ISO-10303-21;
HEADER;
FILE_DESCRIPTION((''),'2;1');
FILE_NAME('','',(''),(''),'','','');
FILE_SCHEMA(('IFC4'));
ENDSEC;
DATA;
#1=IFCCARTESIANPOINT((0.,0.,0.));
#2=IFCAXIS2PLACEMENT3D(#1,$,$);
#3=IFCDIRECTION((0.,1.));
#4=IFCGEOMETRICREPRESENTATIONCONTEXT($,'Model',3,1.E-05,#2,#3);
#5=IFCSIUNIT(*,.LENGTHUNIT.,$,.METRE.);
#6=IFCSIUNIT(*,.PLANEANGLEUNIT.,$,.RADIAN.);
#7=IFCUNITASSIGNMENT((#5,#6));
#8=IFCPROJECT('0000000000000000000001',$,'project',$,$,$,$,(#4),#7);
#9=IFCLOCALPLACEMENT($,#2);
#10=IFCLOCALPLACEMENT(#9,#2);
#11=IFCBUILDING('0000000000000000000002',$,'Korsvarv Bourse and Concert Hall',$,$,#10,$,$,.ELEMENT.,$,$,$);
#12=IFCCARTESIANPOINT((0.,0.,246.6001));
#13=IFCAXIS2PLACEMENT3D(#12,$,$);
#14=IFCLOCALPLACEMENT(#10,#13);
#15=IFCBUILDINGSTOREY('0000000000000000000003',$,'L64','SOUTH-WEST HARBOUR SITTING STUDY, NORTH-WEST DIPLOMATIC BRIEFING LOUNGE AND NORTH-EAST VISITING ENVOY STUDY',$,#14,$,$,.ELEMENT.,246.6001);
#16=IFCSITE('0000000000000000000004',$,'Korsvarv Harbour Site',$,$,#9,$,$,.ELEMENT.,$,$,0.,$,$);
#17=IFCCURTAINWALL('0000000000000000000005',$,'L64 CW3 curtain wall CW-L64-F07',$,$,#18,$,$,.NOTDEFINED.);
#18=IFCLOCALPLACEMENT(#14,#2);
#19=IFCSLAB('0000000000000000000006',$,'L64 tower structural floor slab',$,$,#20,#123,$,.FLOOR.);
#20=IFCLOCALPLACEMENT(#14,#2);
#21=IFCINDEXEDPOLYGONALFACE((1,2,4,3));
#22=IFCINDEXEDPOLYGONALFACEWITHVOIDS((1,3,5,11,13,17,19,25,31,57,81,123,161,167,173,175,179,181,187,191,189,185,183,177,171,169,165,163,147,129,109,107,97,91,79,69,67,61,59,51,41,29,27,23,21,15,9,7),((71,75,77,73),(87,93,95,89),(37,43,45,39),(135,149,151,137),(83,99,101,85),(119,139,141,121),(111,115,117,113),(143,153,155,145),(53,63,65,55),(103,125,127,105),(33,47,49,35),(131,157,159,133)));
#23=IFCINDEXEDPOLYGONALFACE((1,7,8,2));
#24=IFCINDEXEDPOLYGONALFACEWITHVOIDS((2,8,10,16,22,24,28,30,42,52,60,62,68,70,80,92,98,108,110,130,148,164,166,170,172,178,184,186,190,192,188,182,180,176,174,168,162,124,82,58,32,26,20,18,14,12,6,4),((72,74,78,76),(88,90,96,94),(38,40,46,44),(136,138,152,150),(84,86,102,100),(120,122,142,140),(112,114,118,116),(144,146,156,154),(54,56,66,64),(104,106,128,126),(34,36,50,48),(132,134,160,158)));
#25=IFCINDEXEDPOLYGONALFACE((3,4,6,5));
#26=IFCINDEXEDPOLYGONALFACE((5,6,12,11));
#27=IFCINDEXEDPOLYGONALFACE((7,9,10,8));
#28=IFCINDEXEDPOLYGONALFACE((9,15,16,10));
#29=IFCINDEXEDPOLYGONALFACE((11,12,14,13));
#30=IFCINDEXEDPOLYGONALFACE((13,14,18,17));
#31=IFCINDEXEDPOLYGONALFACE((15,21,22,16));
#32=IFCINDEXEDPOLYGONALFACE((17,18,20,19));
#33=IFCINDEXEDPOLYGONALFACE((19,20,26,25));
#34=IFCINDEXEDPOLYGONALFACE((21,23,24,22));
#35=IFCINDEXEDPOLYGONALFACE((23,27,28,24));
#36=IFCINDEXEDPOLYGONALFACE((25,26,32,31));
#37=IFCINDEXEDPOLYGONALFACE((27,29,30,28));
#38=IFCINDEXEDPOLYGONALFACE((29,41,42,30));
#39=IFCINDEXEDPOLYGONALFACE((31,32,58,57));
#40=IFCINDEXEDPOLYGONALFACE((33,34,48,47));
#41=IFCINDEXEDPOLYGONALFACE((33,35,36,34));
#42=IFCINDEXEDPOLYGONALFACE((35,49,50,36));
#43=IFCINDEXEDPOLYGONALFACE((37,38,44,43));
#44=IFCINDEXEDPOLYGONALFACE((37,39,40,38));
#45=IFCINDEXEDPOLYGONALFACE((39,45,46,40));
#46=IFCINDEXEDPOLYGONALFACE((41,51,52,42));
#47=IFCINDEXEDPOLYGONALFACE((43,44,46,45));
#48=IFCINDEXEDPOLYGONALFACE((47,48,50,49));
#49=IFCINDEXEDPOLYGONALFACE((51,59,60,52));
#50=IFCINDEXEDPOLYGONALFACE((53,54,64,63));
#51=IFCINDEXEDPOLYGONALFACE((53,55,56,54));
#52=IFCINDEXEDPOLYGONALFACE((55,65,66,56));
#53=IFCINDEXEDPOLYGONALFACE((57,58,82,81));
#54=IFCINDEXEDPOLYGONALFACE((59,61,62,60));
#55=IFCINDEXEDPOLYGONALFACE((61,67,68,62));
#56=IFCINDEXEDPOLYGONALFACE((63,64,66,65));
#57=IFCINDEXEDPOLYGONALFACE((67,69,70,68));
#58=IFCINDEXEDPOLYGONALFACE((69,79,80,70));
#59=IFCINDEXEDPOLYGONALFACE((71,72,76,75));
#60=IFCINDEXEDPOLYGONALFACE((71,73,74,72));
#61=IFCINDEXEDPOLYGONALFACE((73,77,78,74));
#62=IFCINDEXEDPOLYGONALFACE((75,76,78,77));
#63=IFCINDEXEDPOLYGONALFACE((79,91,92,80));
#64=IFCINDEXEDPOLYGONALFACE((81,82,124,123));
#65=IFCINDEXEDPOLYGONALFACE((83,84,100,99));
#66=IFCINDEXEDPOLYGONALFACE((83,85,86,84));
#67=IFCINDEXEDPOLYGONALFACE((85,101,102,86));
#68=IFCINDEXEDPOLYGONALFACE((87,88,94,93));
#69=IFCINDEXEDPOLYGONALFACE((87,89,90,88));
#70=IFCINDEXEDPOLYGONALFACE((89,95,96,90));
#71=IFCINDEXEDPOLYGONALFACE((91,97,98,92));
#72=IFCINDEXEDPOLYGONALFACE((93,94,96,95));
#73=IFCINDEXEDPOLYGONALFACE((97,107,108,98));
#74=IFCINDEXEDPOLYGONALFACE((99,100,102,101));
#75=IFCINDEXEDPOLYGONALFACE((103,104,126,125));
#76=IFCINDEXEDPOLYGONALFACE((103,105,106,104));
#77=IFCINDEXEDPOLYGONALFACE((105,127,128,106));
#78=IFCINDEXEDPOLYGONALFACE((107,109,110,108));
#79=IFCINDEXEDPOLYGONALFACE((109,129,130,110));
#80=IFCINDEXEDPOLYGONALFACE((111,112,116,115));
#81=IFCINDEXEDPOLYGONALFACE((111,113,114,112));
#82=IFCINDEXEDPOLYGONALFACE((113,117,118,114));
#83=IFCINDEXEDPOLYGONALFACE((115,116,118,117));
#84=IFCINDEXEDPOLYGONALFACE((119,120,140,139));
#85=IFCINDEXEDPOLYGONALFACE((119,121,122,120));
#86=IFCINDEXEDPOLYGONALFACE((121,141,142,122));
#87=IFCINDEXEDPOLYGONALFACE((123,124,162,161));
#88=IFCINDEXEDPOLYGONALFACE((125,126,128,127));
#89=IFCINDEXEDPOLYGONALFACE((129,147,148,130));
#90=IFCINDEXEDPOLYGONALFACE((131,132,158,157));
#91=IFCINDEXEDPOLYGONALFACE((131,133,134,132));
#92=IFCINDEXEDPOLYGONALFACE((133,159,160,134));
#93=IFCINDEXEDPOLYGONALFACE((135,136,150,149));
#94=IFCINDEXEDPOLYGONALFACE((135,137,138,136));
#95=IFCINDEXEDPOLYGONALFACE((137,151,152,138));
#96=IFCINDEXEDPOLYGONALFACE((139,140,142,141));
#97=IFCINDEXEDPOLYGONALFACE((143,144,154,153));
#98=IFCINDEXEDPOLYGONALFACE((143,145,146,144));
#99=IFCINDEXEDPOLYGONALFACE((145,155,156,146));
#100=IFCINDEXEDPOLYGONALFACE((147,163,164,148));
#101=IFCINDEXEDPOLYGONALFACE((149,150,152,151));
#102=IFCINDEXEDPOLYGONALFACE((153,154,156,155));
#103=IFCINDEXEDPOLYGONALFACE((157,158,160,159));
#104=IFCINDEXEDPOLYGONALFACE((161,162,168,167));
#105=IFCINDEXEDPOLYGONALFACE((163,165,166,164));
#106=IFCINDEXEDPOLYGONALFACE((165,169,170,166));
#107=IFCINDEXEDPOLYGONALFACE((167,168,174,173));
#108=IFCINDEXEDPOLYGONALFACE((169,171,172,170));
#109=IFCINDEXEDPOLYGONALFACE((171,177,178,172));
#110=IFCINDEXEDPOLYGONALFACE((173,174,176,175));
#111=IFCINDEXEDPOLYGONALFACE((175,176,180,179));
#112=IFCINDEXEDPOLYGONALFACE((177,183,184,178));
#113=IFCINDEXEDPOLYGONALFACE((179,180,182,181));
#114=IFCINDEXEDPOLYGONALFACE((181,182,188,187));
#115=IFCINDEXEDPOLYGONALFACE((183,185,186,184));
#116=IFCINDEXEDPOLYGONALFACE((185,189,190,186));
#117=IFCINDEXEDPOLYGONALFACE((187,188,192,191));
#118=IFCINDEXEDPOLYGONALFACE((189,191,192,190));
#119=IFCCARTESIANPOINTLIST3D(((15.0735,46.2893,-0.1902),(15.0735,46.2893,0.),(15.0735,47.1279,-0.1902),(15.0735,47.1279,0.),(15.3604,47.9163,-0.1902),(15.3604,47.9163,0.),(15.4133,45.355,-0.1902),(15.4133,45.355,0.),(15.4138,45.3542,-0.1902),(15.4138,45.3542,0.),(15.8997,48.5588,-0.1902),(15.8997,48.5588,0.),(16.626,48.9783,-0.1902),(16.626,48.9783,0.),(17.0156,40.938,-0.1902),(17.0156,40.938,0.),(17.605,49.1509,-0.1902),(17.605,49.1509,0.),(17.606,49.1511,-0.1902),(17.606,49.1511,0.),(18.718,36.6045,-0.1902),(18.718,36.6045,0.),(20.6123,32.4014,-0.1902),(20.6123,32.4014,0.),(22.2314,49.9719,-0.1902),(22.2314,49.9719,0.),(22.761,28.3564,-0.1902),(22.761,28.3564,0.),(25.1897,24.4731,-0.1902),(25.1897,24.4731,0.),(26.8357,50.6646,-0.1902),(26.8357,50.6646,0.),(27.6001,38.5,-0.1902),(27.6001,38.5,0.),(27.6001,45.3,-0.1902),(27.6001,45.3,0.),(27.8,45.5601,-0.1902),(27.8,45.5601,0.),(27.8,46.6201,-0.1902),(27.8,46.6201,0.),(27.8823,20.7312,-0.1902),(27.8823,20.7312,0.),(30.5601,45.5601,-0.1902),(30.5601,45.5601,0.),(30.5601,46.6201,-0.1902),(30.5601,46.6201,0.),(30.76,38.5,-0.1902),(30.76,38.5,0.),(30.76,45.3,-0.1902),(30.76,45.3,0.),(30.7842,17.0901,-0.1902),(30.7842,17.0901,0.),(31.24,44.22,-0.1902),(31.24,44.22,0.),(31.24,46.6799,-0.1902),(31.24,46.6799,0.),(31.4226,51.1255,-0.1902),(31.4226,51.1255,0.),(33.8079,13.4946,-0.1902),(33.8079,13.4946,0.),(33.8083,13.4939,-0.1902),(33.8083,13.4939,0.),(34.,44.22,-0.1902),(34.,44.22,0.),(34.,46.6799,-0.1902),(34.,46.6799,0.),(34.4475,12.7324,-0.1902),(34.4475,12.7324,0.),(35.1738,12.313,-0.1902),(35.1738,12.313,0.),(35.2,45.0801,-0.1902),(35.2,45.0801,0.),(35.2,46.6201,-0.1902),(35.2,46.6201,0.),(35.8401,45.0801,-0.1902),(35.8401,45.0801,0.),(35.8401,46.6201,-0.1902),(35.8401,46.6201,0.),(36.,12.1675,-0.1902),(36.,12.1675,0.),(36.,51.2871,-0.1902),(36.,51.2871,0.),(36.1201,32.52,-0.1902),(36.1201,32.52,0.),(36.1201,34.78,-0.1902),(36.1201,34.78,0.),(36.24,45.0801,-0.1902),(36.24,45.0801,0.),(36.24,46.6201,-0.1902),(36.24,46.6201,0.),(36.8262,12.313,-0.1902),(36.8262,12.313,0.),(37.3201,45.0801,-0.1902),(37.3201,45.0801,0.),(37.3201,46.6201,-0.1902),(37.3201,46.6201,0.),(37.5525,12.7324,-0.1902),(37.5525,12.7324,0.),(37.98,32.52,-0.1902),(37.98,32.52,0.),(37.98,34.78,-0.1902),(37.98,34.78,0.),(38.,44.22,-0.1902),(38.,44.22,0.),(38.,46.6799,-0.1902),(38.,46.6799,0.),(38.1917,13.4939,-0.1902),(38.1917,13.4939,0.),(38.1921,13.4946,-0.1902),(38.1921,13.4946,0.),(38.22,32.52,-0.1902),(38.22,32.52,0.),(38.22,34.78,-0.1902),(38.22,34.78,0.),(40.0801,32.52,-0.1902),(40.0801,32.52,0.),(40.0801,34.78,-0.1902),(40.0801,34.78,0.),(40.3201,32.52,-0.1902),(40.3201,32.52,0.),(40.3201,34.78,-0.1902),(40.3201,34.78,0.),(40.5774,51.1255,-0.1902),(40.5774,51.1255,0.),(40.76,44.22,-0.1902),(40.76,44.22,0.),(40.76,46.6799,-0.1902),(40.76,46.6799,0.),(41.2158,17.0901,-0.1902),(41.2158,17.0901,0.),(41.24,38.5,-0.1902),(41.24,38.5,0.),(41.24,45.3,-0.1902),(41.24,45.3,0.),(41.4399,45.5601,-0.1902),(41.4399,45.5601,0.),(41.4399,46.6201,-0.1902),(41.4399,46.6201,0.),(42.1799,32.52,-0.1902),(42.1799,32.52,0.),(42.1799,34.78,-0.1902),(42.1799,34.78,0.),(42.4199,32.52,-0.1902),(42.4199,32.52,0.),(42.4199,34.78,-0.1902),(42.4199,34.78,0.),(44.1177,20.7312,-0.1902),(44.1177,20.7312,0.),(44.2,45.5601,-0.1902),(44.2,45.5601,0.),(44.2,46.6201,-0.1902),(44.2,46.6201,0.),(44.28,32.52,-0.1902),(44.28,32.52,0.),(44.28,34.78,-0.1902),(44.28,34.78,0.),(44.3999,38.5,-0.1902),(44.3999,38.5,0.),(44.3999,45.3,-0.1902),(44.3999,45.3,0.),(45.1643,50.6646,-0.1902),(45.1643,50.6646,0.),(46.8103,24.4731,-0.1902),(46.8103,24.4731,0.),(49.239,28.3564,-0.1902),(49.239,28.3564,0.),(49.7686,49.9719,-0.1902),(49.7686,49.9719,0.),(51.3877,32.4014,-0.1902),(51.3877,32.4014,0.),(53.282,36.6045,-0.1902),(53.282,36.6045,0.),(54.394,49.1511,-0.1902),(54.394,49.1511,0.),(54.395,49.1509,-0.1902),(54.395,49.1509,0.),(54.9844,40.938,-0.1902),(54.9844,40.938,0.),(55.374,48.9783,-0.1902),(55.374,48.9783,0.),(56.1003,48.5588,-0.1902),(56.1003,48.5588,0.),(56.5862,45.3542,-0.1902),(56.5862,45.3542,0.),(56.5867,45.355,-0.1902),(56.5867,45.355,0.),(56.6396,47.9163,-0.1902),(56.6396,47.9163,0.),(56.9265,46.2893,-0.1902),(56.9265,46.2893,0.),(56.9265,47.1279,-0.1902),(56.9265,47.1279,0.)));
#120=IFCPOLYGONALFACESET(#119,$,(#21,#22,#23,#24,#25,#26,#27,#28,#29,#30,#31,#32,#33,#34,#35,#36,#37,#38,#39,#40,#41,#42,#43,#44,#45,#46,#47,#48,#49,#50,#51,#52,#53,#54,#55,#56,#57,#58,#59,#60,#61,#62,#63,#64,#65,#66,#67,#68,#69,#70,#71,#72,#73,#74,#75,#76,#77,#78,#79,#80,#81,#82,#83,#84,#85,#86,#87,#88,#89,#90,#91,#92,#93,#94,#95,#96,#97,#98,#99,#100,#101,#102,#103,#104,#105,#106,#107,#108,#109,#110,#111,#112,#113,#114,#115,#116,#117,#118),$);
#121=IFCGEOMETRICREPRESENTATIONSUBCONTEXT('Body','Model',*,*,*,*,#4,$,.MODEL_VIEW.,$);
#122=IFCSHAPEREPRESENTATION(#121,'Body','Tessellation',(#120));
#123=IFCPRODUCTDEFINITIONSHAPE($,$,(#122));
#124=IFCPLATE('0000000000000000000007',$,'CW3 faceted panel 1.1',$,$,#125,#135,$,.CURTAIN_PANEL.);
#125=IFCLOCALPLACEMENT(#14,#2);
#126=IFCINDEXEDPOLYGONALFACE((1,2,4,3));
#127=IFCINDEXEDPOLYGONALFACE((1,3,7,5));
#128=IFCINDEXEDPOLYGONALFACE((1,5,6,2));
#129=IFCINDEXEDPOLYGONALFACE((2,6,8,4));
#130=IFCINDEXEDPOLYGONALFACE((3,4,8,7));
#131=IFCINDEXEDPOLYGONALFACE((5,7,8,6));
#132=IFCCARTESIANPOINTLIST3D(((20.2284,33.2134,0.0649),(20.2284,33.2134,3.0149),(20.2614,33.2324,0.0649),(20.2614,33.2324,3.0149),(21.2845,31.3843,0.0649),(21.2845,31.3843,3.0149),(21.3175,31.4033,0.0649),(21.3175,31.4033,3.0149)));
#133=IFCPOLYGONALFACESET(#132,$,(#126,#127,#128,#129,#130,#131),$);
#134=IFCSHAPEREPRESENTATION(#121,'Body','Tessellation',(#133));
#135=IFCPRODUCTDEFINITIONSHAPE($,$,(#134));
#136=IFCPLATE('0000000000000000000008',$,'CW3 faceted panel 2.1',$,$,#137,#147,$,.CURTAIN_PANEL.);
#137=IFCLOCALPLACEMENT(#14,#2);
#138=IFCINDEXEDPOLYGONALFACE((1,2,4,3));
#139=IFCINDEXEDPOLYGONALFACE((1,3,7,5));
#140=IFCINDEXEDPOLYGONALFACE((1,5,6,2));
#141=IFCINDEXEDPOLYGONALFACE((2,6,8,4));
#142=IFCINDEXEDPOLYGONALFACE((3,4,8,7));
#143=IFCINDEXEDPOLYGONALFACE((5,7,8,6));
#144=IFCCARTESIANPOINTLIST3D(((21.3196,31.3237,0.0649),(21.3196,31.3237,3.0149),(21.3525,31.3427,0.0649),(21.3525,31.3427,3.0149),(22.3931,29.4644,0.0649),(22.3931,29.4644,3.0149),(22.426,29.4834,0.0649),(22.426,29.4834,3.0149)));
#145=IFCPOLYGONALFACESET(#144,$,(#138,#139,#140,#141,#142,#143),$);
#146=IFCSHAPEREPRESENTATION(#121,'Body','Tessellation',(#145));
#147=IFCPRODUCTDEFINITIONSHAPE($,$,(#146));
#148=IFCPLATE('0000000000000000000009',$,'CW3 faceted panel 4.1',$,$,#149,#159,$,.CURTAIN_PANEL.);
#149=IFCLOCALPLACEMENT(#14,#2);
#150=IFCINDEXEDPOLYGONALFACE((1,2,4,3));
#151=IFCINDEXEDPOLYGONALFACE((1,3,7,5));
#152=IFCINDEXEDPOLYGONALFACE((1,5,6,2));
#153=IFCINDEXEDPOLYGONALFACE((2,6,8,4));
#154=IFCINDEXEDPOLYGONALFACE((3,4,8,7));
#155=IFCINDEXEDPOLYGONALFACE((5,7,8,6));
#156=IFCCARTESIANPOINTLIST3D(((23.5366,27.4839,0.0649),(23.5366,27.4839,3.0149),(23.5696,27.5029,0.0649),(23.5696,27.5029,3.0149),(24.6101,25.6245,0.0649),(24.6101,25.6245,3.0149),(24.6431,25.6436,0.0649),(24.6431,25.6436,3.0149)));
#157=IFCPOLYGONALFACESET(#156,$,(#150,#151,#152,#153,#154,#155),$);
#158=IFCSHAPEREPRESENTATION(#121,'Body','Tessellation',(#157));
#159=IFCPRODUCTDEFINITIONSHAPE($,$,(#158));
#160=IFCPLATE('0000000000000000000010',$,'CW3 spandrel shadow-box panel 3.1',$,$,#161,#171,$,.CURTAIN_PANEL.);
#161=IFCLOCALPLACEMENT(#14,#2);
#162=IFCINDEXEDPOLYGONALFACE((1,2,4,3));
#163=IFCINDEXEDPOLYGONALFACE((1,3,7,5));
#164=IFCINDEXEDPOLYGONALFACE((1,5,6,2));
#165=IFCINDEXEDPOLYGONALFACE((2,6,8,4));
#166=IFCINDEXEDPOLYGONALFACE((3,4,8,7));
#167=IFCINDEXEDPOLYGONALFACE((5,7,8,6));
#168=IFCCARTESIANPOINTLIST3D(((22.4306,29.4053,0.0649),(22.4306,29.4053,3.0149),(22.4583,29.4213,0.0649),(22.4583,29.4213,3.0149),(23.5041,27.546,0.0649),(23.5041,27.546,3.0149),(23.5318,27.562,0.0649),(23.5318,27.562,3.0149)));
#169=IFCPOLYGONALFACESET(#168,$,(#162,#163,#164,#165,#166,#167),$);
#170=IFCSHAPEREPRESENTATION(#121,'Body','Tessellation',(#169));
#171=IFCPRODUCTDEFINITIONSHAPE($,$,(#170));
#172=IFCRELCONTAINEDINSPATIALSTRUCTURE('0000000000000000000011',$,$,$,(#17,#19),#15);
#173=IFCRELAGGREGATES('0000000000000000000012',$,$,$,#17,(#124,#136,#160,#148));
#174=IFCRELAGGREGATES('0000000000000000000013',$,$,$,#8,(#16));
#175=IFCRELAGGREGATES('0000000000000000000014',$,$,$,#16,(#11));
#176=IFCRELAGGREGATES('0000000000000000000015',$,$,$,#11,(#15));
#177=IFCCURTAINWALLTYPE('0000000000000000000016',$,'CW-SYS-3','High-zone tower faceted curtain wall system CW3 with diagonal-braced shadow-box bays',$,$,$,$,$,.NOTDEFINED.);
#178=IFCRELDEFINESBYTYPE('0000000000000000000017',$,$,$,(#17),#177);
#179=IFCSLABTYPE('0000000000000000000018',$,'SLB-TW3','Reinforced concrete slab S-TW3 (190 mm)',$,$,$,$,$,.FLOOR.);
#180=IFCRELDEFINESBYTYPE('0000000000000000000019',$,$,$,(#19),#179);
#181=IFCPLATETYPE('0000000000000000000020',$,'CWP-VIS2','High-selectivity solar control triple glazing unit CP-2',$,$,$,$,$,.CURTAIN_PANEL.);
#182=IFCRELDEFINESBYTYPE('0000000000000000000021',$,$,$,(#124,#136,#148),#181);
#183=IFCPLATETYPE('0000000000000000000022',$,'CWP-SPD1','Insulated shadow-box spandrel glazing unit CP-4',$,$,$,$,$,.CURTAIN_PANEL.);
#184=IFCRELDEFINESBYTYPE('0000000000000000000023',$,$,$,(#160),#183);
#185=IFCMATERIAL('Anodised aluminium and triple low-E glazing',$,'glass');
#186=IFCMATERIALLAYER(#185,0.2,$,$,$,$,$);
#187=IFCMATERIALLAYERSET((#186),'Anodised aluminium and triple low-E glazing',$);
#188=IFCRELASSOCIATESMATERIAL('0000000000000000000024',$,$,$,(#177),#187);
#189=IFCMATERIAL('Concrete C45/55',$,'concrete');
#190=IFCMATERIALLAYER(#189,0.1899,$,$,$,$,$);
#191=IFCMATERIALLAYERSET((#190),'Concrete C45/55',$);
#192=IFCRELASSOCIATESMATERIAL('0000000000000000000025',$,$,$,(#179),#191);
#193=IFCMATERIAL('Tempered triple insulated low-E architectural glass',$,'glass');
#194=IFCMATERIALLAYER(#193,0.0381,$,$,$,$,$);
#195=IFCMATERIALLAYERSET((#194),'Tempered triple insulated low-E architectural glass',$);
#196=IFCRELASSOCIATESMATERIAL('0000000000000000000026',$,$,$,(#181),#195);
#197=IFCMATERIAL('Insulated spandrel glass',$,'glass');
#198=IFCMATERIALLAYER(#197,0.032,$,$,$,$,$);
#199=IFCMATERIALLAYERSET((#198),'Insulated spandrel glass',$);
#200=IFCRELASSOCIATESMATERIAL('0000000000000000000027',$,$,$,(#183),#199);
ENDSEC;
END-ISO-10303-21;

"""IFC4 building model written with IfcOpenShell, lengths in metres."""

from ifc_helpers import new_model, si_unit, direction, frame, origin, origin_2d, place, context, subcontext, project, spatial, polyline, rectangle, outline, extrude, source, transform, mapped, material, layer, layer_set, type_object, element, aggregate, save


model = new_model("IFC4")

# Units and contexts
model_context = context("Model", 3, precision=1e-05, world=origin(), true_north=direction((0.0, 1.0)))
body_context = subcontext(model_context, "Body", "Model", "MODEL_VIEW")
ifc_project = project(units=[si_unit("LENGTHUNIT", "METRE"), si_unit("PLANEANGLEUNIT", "RADIAN")], contexts=[model_context])

# Site, building, storey
site_placement = place(None, origin())
site = spatial("IfcSite", under=ifc_project, at=site_placement, Name="Korsvarv Harbour Site", CompositionType="ELEMENT", RefElevation=0.0)
building_placement = place(site_placement, origin())
building = spatial("IfcBuilding", under=site, at=building_placement, Name="Korsvarv Bourse and Concert Hall", CompositionType="ELEMENT")
storey_placement = place(building_placement, frame((0.0, 0.0, 246.6001)))
storey = spatial("IfcBuildingStorey", under=building, at=storey_placement, Name="L64", Description="SOUTH-WEST HARBOUR SITTING STUDY, NORTH-WEST DIPLOMATIC BRIEFING LOUNGE AND NORTH-EAST VISITING ENVOY STUDY", CompositionType="ELEMENT", Elevation=246.6001)

# Curtain wall
ifc_material_1 = material(Name="Anodised aluminium and triple low-E glazing", Category="glass")
ifc_layer_1 = layer(ifc_material_1, 0.2)
ifc_layer_set_1 = layer_set([ifc_layer_1], Name="Anodised aluminium and triple low-E glazing")
curtain_wall_type = type_object("IfcCurtainWallType", Name="CW-SYS-3", Description="High-zone tower faceted curtain wall system CW3 with diagonal-braced shadow-box bays", PredefinedType="NOTDEFINED", material=ifc_layer_set_1)
curtain_wall_placement = place(storey_placement, origin())
curtain_wall = element("IfcCurtainWall", 1, at=curtain_wall_placement, inside=storey, type_object=curtain_wall_type, Name="L64 CW3 curtain wall CW-L64-F07", PredefinedType="NOTDEFINED")

# Slab
ifc_material_2 = material(Name="Concrete C45/55", Category="concrete")
ifc_layer_2 = layer(ifc_material_2, 0.1899)
ifc_layer_set_2 = layer_set([ifc_layer_2], Name="Concrete C45/55")
slab_type_1 = type_object("IfcSlabType", Name="SLB-TW3", Description="Reinforced concrete slab S-TW3 (190 mm)", PredefinedType="FLOOR", material=ifc_layer_set_2)
slab_1_placement = place(storey_placement, frame((0.0, 0.0, -0.1902)))
element("IfcSlab", 2, at=slab_1_placement, inside=storey, type_object=slab_type_1, Name="L64 tower structural floor slab", PredefinedType="FLOOR", context=body_context, shape_type="SweptSolid", body=[
    extrude(outline(polyline([(56.5862, 45.3542), (54.9844, 40.938), (53.282, 36.6045), (51.3877, 32.4014), (49.239, 28.3564), (46.8103, 24.4731), (44.1177, 20.7312), (41.2158, 17.0901), (38.1921, 13.4946), (38.1917, 13.4939), (37.5525, 12.7324), (36.8262, 12.313), (36.0, 12.1675), (35.1738, 12.313), (34.4475, 12.7324), (33.8083, 13.4939), (33.8079, 13.4946), (30.7842, 17.0901), (27.8823, 20.7312), (25.1897, 24.4731), (22.761, 28.3564), (20.6123, 32.4014), (18.718, 36.6045), (17.0156, 40.938), (15.4138, 45.3542), (15.4133, 45.355), (15.0735, 46.2893), (15.0735, 47.1279), (15.3604, 47.9163), (15.8997, 48.5588), (16.626, 48.9783), (17.605, 49.1509), (17.606, 49.1511), (22.2314, 49.9719), (26.8357, 50.6646), (31.4226, 51.1255), (36.0, 51.2871), (40.5774, 51.1255), (45.1643, 50.6646), (49.7686, 49.9719), (54.394, 49.1511), (54.395, 49.1509), (55.374, 48.9783), (56.1003, 48.5588), (56.6396, 47.9163), (56.9265, 47.1279), (56.9265, 46.2893), (56.5867, 45.355), (56.5862, 45.3542)]), holes=[polyline([(30.76, 38.5), (30.76, 45.3), (27.6001, 45.3), (27.6001, 38.5), (30.76, 38.5)]), polyline([(44.3999, 38.5), (44.3999, 45.3), (41.24, 45.3), (41.24, 38.5), (44.3999, 38.5)]), polyline([(31.24, 44.22), (34.0, 44.22), (34.0, 46.6799), (31.24, 46.6799), (31.24, 44.22)]), polyline([(38.0, 44.22), (40.76, 44.22), (40.76, 46.6799), (38.0, 46.6799), (38.0, 44.22)]), polyline([(36.1201, 32.52), (37.98, 32.52), (37.98, 34.78), (36.1201, 34.78), (36.1201, 32.52)]), polyline([(38.22, 32.52), (40.0801, 32.52), (40.0801, 34.78), (38.22, 34.78), (38.22, 32.52)]), polyline([(40.3201, 32.52), (42.1799, 32.52), (42.1799, 34.78), (40.3201, 34.78), (40.3201, 32.52)]), polyline([(42.4199, 32.52), (44.28, 32.52), (44.28, 34.78), (42.4199, 34.78), (42.4199, 32.52)]), polyline([(27.8, 45.5601), (30.5601, 45.5601), (30.5601, 46.6201), (27.8, 46.6201), (27.8, 45.5601)]), polyline([(41.4399, 45.5601), (44.2, 45.5601), (44.2, 46.6201), (41.4399, 46.6201), (41.4399, 45.5601)]), polyline([(35.2, 45.0801), (35.8401, 45.0801), (35.8401, 46.6201), (35.2, 46.6201), (35.2, 45.0801)]), polyline([(36.24, 45.0801), (37.3201, 45.0801), (37.3201, 46.6201), (36.24, 46.6201), (36.24, 45.0801)])]), origin(), (0.0, 0.0, 1.0), 0.1902),
])

# Plates
ifc_material_3 = material(Name="Tempered triple insulated low-E architectural glass", Category="glass")
ifc_layer_3 = layer(ifc_material_3, 0.0381)
ifc_layer_set_3 = layer_set([ifc_layer_3], Name="Tempered triple insulated low-E architectural glass")
plate_type_1 = type_object("IfcPlateType", Name="CWP-VIS2", Description="High-selectivity solar control triple glazing unit CP-2", PredefinedType="CURTAIN_PANEL", material=ifc_layer_set_3)
shared_shape_1 = source(origin(), body_context, "Body", "SweptSolid", [
    extrude(rectangle(XDim=2.1121, YDim=0.0381, at=origin_2d()), origin(), (0.0, 0.0, 1.0), 2.95),
])
plate_1_placement = place(storey_placement, frame((20.7729, 32.3083, 0.0649), z_axis=(0.0, 0.0, 1.0), x_axis=(0.500006, -0.866022, 0.0)))
plate_1 = element("IfcPlate", 3, at=plate_1_placement, type_object=plate_type_1, Name="CW3 faceted panel 1.1", PredefinedType="CURTAIN_PANEL", context=body_context, shape_type="MappedRepresentation", body=[
    mapped(shared_shape_1, transform((0.0, 0.0, 0.0), scale=1.0)),
])
shared_shape_2 = source(origin(), body_context, "Body", "SweptSolid", [
    extrude(rectangle(XDim=2.147, YDim=0.0381, at=origin_2d()), origin(), (0.0, 0.0, 1.0), 2.95),
])
plate_2_placement = place(storey_placement, frame((21.8728, 30.4036, 0.0649), z_axis=(0.0, 0.0, 1.0), x_axis=(0.500006, -0.866022, 0.0)))
plate_2 = element("IfcPlate", 4, at=plate_2_placement, type_object=plate_type_1, Name="CW3 faceted panel 2.1", PredefinedType="CURTAIN_PANEL", context=body_context, shape_type="MappedRepresentation", body=[
    mapped(shared_shape_2, transform((0.0, 0.0, 0.0), scale=1.0)),
])
plate_3_placement = place(storey_placement, frame((24.0898, 26.5637, 0.0649), z_axis=(0.0, 0.0, 1.0), x_axis=(0.500006, -0.866022, 0.0)))
plate_3 = element("IfcPlate", 5, at=plate_3_placement, type_object=plate_type_1, Name="CW3 faceted panel 4.1", PredefinedType="CURTAIN_PANEL", context=body_context, shape_type="MappedRepresentation", body=[
    mapped(shared_shape_2, transform((0.0, 0.0, 0.0), scale=1.0)),
])
ifc_material_4 = material(Name="Insulated spandrel glass", Category="glass")
ifc_layer_4 = layer(ifc_material_4, 0.032)
ifc_layer_set_4 = layer_set([ifc_layer_4], Name="Insulated spandrel glass")
plate_type_2 = type_object("IfcPlateType", Name="CWP-SPD1", Description="Insulated shadow-box spandrel glazing unit CP-4", PredefinedType="CURTAIN_PANEL", material=ifc_layer_set_4)
shared_shape_3 = source(origin(), body_context, "Body", "SweptSolid", [
    extrude(rectangle(XDim=2.147, YDim=0.032, at=origin_2d()), origin(), (0.0, 0.0, 1.0), 2.95),
])
plate_4_placement = place(storey_placement, frame((22.9812, 28.4836, 0.0649), z_axis=(0.0, 0.0, 1.0), x_axis=(0.500006, -0.866022, 0.0)))
plate_4 = element("IfcPlate", 6, at=plate_4_placement, type_object=plate_type_2, Name="CW3 spandrel shadow-box panel 3.1", PredefinedType="CURTAIN_PANEL", context=body_context, shape_type="MappedRepresentation", body=[
    mapped(shared_shape_3, transform((0.0, 0.0, 0.0), scale=1.0)),
])
aggregate(curtain_wall, [plate_1, plate_2, plate_4, plate_3])

save(model, "model.ifc")
